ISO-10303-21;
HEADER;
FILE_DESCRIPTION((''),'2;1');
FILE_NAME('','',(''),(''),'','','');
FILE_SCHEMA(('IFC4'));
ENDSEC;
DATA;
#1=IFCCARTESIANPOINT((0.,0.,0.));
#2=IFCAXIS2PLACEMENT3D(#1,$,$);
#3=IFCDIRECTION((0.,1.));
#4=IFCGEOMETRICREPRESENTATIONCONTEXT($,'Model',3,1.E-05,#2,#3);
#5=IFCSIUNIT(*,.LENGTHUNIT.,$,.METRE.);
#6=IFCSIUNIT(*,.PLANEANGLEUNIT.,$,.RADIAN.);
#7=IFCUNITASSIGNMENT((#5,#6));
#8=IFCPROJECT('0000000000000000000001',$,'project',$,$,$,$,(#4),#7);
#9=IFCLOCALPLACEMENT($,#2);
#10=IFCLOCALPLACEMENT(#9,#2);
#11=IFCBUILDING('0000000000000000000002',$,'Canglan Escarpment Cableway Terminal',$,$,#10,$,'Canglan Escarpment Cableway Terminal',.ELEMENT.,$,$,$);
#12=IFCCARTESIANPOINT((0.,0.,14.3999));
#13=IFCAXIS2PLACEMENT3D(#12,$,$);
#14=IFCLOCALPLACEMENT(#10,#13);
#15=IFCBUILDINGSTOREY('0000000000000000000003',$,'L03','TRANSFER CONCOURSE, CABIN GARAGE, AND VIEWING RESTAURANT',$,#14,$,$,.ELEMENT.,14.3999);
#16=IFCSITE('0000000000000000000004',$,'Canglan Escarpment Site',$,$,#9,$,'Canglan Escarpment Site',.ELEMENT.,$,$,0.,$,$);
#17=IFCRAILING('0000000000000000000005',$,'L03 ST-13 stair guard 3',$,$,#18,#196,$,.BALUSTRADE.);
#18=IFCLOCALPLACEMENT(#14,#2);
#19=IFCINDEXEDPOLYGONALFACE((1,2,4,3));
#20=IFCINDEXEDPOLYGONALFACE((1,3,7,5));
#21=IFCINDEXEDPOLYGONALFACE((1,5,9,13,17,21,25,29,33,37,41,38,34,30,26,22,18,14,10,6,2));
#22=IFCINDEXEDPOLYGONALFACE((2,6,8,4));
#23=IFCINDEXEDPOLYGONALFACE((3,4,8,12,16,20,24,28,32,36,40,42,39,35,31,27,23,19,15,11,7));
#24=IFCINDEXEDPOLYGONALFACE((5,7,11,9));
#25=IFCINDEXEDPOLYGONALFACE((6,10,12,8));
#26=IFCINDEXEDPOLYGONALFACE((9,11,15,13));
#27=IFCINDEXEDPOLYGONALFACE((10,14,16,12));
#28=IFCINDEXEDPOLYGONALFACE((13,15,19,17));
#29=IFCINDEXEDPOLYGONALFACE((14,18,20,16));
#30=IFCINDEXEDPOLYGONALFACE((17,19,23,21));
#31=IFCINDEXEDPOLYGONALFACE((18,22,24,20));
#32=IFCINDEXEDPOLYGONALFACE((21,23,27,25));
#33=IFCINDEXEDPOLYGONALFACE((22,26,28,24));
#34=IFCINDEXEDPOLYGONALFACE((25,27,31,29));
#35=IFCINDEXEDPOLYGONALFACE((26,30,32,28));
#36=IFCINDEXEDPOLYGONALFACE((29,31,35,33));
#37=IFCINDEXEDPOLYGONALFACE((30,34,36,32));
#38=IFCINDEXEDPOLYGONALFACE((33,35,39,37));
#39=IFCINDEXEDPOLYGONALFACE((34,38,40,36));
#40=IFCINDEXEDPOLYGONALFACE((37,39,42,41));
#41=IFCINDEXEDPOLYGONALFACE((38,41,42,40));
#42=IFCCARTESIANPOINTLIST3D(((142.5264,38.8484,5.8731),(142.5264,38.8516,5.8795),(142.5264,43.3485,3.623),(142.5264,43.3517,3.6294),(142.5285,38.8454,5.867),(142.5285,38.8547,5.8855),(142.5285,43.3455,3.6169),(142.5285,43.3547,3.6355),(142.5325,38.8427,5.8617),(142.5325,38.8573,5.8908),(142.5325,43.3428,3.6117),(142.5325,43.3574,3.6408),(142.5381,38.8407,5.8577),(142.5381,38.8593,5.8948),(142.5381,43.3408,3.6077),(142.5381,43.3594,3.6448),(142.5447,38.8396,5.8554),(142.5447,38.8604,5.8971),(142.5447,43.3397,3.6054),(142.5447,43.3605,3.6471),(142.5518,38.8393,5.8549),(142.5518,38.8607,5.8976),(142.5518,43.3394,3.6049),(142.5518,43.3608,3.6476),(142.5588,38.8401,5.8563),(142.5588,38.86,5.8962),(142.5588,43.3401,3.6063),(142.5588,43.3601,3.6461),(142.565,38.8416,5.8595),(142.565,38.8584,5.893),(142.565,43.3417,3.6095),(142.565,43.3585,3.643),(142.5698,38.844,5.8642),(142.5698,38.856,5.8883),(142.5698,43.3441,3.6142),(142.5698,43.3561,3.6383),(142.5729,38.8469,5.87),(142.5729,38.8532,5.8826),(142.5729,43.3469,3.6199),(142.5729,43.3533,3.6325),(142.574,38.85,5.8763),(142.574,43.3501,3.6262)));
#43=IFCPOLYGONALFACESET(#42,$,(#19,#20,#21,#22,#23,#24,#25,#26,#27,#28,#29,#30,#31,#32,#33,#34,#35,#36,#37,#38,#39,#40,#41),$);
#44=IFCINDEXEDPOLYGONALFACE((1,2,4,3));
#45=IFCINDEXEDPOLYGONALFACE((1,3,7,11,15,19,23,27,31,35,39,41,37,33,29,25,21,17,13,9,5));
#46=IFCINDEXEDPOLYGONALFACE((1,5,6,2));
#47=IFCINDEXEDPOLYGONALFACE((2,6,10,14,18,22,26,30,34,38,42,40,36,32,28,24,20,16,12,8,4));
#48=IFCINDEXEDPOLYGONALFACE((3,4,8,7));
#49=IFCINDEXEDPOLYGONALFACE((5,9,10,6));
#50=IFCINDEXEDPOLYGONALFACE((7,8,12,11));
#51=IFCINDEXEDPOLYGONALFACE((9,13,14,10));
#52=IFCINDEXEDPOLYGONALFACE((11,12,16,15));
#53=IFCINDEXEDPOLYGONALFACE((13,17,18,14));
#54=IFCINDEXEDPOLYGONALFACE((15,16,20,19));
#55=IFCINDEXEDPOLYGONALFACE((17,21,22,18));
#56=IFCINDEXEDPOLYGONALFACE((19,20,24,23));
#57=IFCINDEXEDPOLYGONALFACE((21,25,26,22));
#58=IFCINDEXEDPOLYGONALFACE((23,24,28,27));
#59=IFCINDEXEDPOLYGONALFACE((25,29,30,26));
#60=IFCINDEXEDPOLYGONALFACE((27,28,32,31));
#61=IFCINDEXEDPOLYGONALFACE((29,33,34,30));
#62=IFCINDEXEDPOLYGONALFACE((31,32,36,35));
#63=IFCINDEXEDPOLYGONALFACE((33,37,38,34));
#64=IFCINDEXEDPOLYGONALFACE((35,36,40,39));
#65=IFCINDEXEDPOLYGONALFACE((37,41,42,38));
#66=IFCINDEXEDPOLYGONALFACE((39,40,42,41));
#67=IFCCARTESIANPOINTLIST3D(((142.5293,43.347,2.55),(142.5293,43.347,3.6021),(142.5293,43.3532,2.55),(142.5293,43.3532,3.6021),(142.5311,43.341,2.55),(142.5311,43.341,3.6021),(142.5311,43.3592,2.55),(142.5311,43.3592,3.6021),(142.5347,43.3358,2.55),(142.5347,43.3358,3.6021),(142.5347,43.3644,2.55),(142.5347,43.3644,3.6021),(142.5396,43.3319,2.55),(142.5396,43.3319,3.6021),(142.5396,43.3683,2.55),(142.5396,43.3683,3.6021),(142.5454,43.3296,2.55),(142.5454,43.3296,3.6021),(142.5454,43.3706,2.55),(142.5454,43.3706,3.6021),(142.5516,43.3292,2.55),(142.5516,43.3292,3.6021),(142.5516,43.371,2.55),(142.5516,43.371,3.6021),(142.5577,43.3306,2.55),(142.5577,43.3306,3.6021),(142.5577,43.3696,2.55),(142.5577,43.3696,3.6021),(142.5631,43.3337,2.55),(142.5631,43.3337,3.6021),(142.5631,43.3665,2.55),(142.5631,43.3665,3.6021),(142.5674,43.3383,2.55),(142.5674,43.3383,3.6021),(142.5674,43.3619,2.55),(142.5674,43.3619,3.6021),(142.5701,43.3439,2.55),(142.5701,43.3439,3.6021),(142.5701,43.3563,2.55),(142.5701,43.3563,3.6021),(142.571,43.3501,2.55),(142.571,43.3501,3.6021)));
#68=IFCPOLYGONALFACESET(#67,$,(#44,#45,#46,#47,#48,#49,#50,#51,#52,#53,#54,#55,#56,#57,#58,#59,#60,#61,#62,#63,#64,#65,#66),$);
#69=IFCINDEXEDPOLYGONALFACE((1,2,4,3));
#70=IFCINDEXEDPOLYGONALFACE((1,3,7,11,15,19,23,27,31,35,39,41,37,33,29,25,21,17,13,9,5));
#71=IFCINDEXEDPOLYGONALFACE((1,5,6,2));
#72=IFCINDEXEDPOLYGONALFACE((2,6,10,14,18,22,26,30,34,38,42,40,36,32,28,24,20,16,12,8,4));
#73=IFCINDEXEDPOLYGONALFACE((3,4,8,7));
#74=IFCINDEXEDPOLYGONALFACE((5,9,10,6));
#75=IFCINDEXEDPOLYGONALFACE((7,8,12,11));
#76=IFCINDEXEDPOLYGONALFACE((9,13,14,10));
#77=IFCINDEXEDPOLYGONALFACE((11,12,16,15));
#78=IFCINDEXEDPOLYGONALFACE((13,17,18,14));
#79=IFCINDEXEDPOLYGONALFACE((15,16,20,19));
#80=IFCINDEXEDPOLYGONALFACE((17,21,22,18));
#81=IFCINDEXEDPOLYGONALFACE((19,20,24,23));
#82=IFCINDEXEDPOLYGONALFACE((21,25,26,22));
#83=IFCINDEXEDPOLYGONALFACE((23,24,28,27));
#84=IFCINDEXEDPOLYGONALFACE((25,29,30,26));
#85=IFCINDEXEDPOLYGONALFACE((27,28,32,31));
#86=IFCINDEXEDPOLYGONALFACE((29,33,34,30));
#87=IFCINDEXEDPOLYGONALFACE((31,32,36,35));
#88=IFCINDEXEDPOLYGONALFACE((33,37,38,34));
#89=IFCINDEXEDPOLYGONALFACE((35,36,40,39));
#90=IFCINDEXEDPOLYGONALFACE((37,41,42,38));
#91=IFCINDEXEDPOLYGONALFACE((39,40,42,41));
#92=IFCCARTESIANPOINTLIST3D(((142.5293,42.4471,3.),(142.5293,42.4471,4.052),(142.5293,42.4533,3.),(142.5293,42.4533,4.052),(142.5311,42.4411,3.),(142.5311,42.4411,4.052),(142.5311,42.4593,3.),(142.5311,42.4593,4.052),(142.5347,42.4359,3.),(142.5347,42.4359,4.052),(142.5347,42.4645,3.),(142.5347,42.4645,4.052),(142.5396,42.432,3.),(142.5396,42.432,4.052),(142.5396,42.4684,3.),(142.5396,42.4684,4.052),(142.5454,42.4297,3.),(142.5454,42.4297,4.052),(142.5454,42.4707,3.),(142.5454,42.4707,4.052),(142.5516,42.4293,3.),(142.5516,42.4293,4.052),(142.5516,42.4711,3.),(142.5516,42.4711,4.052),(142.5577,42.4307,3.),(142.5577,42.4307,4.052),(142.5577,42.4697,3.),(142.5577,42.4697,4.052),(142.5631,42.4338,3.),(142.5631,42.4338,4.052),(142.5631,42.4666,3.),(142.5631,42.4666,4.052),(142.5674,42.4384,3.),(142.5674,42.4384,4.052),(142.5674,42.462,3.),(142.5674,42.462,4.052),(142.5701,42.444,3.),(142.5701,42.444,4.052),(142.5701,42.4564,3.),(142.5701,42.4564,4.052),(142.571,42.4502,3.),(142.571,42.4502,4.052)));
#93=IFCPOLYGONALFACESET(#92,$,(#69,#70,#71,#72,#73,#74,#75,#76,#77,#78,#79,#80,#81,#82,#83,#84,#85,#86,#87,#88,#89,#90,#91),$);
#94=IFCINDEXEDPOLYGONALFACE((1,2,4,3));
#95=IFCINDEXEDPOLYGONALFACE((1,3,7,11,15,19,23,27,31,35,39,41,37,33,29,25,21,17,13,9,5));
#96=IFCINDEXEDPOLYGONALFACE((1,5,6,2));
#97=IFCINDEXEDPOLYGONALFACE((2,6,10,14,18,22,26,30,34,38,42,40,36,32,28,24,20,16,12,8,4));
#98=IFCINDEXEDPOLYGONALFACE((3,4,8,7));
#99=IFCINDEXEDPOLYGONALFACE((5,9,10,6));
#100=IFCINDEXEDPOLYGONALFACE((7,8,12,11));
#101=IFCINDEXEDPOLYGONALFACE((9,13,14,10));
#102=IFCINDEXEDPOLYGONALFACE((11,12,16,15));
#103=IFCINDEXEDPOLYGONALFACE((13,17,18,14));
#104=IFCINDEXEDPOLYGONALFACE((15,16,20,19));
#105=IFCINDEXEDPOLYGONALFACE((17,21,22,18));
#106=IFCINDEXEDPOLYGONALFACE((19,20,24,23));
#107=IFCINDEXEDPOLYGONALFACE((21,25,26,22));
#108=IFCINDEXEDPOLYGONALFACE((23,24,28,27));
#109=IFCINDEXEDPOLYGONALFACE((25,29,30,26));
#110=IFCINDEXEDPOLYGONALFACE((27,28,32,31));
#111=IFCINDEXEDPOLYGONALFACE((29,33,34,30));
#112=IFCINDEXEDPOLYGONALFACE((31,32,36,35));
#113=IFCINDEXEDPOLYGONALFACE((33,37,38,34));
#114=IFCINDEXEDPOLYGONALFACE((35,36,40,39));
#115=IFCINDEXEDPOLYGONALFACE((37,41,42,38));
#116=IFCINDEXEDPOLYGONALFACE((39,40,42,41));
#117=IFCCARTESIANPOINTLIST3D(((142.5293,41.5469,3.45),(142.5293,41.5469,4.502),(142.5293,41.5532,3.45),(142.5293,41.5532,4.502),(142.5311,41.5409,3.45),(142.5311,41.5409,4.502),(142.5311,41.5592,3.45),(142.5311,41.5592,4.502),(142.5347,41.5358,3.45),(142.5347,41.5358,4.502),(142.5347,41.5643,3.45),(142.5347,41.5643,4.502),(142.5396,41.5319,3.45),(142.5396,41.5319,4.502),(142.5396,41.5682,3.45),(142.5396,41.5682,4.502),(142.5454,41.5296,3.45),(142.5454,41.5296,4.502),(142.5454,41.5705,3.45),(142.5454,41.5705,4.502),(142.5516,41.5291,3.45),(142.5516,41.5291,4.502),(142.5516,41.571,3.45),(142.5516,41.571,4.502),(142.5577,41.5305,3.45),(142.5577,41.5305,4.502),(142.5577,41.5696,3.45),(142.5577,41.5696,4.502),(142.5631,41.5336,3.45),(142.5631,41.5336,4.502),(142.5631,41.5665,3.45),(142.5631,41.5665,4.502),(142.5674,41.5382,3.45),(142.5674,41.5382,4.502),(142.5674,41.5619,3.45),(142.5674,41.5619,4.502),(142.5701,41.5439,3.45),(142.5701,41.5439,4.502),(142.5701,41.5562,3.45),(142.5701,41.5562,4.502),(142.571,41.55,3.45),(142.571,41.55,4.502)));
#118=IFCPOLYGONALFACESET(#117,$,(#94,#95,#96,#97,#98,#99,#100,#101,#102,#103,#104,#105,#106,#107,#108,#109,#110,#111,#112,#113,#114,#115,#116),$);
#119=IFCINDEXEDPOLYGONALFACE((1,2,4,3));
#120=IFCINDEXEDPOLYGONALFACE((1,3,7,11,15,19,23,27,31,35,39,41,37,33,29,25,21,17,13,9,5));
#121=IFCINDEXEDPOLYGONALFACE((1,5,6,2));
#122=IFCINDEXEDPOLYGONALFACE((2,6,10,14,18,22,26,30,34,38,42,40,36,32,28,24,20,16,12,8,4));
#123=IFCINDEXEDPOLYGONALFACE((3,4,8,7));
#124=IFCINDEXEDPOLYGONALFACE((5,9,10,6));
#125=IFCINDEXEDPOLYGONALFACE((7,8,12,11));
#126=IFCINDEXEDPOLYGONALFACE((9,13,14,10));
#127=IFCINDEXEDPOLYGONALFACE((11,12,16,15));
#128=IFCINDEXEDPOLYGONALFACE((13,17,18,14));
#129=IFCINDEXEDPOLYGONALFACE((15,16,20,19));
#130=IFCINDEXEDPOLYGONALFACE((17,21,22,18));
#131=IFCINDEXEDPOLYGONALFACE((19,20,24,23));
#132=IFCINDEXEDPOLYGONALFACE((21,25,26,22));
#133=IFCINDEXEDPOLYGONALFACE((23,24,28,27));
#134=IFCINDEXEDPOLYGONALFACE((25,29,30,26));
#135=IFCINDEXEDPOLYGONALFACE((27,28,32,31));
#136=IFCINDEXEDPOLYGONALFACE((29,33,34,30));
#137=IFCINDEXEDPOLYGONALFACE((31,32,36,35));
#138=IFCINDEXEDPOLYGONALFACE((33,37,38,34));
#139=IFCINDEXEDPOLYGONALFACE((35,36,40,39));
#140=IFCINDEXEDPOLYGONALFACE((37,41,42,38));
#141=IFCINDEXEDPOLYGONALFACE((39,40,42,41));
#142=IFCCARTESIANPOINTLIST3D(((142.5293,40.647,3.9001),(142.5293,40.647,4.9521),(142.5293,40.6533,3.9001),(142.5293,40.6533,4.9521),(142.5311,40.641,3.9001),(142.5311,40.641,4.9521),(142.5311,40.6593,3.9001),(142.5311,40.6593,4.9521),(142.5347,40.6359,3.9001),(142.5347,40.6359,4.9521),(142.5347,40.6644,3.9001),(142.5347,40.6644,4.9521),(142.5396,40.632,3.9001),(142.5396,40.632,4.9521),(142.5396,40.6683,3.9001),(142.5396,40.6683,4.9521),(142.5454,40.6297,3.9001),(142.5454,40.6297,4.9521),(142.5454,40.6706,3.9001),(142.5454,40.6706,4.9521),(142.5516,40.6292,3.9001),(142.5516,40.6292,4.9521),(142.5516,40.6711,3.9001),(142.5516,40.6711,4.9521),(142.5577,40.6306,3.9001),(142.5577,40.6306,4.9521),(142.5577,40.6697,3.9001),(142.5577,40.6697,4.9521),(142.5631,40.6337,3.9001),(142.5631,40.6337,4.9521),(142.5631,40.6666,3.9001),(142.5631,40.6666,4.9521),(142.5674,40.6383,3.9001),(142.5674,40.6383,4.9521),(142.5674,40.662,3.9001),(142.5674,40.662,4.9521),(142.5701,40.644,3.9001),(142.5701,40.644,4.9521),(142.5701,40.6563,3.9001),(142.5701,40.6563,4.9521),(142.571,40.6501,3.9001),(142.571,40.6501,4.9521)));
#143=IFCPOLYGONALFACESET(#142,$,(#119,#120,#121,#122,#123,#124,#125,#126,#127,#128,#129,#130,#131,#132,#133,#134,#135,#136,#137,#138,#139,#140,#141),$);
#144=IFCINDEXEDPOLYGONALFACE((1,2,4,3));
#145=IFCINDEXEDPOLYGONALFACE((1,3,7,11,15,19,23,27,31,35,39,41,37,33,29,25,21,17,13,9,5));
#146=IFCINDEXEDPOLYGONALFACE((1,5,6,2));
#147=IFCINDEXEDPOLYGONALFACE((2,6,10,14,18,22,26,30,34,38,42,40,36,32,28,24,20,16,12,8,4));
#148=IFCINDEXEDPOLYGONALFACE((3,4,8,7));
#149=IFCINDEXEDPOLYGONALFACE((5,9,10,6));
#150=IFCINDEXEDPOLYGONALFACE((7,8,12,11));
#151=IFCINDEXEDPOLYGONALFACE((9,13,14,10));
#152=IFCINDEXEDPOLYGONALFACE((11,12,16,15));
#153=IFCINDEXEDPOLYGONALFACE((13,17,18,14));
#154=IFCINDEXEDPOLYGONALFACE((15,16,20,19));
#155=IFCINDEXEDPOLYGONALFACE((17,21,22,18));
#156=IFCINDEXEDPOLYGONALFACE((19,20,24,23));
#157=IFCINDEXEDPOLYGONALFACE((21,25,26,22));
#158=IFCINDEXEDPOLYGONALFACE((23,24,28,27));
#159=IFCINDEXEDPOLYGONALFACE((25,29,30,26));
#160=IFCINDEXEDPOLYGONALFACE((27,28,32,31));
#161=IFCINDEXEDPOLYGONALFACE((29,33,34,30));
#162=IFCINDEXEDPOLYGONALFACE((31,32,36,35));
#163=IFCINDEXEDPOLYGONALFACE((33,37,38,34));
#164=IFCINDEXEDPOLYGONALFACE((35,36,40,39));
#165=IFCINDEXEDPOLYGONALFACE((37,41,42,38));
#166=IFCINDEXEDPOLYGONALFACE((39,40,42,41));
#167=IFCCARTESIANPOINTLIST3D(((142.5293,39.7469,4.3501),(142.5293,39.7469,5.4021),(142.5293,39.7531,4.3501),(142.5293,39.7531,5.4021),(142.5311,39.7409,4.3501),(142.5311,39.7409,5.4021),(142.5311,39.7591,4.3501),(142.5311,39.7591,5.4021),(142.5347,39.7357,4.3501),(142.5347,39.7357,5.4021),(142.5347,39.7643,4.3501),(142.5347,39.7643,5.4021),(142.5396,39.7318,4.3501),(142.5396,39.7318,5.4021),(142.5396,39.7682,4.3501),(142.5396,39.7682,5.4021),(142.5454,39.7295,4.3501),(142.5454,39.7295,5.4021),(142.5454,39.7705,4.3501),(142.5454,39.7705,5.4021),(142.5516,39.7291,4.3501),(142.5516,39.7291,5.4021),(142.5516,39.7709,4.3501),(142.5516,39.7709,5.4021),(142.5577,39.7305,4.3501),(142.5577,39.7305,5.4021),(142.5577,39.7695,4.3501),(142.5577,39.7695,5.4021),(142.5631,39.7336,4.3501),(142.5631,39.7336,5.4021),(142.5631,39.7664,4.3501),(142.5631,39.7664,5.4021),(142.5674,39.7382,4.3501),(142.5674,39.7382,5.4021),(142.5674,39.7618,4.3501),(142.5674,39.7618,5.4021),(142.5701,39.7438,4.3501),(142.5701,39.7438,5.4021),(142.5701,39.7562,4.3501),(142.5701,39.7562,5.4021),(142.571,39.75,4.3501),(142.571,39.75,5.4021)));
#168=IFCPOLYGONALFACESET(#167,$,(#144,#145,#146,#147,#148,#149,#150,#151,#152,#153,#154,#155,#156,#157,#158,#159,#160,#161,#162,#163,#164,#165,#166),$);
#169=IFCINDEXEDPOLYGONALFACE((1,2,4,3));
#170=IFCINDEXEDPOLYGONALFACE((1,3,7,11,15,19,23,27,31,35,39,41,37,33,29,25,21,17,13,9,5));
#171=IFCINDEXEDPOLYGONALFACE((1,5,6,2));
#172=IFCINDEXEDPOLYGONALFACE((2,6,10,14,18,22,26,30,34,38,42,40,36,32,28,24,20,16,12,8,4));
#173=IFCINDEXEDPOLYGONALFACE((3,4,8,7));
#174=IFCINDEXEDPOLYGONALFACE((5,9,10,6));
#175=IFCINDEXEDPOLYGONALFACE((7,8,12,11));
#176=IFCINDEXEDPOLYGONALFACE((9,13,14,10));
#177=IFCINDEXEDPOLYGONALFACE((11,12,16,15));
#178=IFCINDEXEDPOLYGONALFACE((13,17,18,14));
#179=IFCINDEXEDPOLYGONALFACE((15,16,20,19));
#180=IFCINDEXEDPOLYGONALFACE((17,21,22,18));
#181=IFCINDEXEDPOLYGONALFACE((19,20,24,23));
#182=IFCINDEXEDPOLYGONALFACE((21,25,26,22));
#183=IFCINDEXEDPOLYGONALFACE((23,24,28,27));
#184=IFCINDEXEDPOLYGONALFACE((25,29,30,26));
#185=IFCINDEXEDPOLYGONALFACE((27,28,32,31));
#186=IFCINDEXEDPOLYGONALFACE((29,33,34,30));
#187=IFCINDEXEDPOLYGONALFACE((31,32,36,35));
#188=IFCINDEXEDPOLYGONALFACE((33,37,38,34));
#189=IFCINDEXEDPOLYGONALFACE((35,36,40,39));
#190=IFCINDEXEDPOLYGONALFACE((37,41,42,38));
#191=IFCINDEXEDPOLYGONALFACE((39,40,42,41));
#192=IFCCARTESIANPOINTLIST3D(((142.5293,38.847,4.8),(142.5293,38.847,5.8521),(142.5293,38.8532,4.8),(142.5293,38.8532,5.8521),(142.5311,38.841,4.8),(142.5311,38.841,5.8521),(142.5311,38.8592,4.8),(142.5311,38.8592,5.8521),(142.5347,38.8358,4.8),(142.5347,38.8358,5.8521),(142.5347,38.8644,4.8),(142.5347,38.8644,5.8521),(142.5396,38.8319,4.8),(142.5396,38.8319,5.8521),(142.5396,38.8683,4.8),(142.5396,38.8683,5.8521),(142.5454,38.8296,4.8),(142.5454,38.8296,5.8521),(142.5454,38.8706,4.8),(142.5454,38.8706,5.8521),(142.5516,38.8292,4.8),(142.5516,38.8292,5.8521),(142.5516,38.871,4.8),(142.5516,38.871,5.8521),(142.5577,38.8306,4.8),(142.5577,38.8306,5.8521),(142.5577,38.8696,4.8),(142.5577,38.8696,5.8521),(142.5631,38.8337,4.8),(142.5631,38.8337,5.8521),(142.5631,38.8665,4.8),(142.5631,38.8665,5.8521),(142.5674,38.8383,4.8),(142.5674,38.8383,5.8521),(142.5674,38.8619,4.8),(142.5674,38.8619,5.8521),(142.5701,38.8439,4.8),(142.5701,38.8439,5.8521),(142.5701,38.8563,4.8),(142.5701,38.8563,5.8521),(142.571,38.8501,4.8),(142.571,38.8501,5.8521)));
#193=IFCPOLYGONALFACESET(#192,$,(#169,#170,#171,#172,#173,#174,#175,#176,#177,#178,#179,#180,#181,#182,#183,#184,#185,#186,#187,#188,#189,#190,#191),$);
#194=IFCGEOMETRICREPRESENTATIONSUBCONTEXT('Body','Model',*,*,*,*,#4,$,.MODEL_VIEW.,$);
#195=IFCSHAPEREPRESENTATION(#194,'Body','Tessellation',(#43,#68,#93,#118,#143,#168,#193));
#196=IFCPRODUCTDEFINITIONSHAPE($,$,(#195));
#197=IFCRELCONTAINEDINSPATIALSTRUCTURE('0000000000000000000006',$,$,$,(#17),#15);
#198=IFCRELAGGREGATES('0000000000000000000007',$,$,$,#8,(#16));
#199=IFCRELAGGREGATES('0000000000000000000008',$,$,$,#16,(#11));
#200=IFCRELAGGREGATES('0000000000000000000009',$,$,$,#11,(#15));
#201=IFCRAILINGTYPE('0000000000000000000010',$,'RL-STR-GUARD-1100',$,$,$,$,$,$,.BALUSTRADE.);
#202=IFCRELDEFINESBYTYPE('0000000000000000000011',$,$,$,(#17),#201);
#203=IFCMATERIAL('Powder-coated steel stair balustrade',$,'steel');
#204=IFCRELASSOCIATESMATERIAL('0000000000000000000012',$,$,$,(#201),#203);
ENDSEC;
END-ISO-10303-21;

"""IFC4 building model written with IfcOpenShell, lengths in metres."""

from ifc_helpers import new_model, si_unit, direction, frame, origin, origin_2d, place, context, subcontext, project, spatial, circle, extrude, material, type_object, element, save


model = new_model("IFC4")

# Units and contexts
model_context = context("Model", 3, precision=1e-05, world=origin(), true_north=direction((0.0, 1.0)))
body_context = subcontext(model_context, "Body", "Model", "MODEL_VIEW")
ifc_project = project(units=[si_unit("LENGTHUNIT", "METRE"), si_unit("PLANEANGLEUNIT", "RADIAN")], contexts=[model_context])

# Site, building, storey
site_placement = place(None, origin())
site = spatial("IfcSite", under=ifc_project, at=site_placement, Name="Canglan Escarpment Site", LongName="Canglan Escarpment Site", CompositionType="ELEMENT", RefElevation=0.0)
building_placement = place(site_placement, origin())
building = spatial("IfcBuilding", under=site, at=building_placement, Name="Canglan Escarpment Cableway Terminal", LongName="Canglan Escarpment Cableway Terminal", CompositionType="ELEMENT")
storey_placement = place(building_placement, frame((0.0, 0.0, 14.3999)))
storey = spatial("IfcBuildingStorey", under=building, at=storey_placement, Name="L03", Description="TRANSFER CONCOURSE, CABIN GARAGE, AND VIEWING RESTAURANT", CompositionType="ELEMENT", Elevation=14.3999)

# Railing
ifc_material_1 = material(Name="Powder-coated steel stair balustrade", Category="steel")
railing_type_1 = type_object("IfcRailingType", Name="RL-STR-GUARD-1100", PredefinedType="BALUSTRADE", material=ifc_material_1)
railing_1_placement = place(storey_placement, frame((142.55, 43.3501, 2.55)))
element("IfcRailing", 1, at=railing_1_placement, inside=storey, type_object=railing_type_1, Name="L03 ST-13 stair guard 3", PredefinedType="BALUSTRADE", context=body_context, shape_type="SweptSolid", body=[
    extrude(circle(Radius=0.0239, at=origin_2d()), frame((0.0, 0.0, 1.0762), z_axis=(0.0, -0.894427, 0.447214), x_axis=(1.0, 0.0, 0.0)), (0.0, 0.0, 1.0), 5.0312),
    extrude(circle(Radius=0.021, at=origin_2d()), origin(), (0.0, 0.0, 1.0), 1.052),
    extrude(circle(Radius=0.021, at=origin_2d()), frame((0.0, -0.8999, 0.45)), (0.0, 0.0, 1.0), 1.052),
    extrude(circle(Radius=0.021, at=origin_2d()), frame((0.0, -1.8, 0.8999)), (0.0, 0.0, 1.0), 1.052),
    extrude(circle(Radius=0.021, at=origin_2d()), frame((0.0, -2.7, 1.3501)), (0.0, 0.0, 1.0), 1.052),
    extrude(circle(Radius=0.021, at=origin_2d()), frame((0.0, -3.6001, 1.8)), (0.0, 0.0, 1.0), 1.052),
    extrude(circle(Radius=0.021, at=origin_2d()), frame((0.0, -4.5, 2.25)), (0.0, 0.0, 1.0), 1.052),
])

save(model, "model.ifc")
